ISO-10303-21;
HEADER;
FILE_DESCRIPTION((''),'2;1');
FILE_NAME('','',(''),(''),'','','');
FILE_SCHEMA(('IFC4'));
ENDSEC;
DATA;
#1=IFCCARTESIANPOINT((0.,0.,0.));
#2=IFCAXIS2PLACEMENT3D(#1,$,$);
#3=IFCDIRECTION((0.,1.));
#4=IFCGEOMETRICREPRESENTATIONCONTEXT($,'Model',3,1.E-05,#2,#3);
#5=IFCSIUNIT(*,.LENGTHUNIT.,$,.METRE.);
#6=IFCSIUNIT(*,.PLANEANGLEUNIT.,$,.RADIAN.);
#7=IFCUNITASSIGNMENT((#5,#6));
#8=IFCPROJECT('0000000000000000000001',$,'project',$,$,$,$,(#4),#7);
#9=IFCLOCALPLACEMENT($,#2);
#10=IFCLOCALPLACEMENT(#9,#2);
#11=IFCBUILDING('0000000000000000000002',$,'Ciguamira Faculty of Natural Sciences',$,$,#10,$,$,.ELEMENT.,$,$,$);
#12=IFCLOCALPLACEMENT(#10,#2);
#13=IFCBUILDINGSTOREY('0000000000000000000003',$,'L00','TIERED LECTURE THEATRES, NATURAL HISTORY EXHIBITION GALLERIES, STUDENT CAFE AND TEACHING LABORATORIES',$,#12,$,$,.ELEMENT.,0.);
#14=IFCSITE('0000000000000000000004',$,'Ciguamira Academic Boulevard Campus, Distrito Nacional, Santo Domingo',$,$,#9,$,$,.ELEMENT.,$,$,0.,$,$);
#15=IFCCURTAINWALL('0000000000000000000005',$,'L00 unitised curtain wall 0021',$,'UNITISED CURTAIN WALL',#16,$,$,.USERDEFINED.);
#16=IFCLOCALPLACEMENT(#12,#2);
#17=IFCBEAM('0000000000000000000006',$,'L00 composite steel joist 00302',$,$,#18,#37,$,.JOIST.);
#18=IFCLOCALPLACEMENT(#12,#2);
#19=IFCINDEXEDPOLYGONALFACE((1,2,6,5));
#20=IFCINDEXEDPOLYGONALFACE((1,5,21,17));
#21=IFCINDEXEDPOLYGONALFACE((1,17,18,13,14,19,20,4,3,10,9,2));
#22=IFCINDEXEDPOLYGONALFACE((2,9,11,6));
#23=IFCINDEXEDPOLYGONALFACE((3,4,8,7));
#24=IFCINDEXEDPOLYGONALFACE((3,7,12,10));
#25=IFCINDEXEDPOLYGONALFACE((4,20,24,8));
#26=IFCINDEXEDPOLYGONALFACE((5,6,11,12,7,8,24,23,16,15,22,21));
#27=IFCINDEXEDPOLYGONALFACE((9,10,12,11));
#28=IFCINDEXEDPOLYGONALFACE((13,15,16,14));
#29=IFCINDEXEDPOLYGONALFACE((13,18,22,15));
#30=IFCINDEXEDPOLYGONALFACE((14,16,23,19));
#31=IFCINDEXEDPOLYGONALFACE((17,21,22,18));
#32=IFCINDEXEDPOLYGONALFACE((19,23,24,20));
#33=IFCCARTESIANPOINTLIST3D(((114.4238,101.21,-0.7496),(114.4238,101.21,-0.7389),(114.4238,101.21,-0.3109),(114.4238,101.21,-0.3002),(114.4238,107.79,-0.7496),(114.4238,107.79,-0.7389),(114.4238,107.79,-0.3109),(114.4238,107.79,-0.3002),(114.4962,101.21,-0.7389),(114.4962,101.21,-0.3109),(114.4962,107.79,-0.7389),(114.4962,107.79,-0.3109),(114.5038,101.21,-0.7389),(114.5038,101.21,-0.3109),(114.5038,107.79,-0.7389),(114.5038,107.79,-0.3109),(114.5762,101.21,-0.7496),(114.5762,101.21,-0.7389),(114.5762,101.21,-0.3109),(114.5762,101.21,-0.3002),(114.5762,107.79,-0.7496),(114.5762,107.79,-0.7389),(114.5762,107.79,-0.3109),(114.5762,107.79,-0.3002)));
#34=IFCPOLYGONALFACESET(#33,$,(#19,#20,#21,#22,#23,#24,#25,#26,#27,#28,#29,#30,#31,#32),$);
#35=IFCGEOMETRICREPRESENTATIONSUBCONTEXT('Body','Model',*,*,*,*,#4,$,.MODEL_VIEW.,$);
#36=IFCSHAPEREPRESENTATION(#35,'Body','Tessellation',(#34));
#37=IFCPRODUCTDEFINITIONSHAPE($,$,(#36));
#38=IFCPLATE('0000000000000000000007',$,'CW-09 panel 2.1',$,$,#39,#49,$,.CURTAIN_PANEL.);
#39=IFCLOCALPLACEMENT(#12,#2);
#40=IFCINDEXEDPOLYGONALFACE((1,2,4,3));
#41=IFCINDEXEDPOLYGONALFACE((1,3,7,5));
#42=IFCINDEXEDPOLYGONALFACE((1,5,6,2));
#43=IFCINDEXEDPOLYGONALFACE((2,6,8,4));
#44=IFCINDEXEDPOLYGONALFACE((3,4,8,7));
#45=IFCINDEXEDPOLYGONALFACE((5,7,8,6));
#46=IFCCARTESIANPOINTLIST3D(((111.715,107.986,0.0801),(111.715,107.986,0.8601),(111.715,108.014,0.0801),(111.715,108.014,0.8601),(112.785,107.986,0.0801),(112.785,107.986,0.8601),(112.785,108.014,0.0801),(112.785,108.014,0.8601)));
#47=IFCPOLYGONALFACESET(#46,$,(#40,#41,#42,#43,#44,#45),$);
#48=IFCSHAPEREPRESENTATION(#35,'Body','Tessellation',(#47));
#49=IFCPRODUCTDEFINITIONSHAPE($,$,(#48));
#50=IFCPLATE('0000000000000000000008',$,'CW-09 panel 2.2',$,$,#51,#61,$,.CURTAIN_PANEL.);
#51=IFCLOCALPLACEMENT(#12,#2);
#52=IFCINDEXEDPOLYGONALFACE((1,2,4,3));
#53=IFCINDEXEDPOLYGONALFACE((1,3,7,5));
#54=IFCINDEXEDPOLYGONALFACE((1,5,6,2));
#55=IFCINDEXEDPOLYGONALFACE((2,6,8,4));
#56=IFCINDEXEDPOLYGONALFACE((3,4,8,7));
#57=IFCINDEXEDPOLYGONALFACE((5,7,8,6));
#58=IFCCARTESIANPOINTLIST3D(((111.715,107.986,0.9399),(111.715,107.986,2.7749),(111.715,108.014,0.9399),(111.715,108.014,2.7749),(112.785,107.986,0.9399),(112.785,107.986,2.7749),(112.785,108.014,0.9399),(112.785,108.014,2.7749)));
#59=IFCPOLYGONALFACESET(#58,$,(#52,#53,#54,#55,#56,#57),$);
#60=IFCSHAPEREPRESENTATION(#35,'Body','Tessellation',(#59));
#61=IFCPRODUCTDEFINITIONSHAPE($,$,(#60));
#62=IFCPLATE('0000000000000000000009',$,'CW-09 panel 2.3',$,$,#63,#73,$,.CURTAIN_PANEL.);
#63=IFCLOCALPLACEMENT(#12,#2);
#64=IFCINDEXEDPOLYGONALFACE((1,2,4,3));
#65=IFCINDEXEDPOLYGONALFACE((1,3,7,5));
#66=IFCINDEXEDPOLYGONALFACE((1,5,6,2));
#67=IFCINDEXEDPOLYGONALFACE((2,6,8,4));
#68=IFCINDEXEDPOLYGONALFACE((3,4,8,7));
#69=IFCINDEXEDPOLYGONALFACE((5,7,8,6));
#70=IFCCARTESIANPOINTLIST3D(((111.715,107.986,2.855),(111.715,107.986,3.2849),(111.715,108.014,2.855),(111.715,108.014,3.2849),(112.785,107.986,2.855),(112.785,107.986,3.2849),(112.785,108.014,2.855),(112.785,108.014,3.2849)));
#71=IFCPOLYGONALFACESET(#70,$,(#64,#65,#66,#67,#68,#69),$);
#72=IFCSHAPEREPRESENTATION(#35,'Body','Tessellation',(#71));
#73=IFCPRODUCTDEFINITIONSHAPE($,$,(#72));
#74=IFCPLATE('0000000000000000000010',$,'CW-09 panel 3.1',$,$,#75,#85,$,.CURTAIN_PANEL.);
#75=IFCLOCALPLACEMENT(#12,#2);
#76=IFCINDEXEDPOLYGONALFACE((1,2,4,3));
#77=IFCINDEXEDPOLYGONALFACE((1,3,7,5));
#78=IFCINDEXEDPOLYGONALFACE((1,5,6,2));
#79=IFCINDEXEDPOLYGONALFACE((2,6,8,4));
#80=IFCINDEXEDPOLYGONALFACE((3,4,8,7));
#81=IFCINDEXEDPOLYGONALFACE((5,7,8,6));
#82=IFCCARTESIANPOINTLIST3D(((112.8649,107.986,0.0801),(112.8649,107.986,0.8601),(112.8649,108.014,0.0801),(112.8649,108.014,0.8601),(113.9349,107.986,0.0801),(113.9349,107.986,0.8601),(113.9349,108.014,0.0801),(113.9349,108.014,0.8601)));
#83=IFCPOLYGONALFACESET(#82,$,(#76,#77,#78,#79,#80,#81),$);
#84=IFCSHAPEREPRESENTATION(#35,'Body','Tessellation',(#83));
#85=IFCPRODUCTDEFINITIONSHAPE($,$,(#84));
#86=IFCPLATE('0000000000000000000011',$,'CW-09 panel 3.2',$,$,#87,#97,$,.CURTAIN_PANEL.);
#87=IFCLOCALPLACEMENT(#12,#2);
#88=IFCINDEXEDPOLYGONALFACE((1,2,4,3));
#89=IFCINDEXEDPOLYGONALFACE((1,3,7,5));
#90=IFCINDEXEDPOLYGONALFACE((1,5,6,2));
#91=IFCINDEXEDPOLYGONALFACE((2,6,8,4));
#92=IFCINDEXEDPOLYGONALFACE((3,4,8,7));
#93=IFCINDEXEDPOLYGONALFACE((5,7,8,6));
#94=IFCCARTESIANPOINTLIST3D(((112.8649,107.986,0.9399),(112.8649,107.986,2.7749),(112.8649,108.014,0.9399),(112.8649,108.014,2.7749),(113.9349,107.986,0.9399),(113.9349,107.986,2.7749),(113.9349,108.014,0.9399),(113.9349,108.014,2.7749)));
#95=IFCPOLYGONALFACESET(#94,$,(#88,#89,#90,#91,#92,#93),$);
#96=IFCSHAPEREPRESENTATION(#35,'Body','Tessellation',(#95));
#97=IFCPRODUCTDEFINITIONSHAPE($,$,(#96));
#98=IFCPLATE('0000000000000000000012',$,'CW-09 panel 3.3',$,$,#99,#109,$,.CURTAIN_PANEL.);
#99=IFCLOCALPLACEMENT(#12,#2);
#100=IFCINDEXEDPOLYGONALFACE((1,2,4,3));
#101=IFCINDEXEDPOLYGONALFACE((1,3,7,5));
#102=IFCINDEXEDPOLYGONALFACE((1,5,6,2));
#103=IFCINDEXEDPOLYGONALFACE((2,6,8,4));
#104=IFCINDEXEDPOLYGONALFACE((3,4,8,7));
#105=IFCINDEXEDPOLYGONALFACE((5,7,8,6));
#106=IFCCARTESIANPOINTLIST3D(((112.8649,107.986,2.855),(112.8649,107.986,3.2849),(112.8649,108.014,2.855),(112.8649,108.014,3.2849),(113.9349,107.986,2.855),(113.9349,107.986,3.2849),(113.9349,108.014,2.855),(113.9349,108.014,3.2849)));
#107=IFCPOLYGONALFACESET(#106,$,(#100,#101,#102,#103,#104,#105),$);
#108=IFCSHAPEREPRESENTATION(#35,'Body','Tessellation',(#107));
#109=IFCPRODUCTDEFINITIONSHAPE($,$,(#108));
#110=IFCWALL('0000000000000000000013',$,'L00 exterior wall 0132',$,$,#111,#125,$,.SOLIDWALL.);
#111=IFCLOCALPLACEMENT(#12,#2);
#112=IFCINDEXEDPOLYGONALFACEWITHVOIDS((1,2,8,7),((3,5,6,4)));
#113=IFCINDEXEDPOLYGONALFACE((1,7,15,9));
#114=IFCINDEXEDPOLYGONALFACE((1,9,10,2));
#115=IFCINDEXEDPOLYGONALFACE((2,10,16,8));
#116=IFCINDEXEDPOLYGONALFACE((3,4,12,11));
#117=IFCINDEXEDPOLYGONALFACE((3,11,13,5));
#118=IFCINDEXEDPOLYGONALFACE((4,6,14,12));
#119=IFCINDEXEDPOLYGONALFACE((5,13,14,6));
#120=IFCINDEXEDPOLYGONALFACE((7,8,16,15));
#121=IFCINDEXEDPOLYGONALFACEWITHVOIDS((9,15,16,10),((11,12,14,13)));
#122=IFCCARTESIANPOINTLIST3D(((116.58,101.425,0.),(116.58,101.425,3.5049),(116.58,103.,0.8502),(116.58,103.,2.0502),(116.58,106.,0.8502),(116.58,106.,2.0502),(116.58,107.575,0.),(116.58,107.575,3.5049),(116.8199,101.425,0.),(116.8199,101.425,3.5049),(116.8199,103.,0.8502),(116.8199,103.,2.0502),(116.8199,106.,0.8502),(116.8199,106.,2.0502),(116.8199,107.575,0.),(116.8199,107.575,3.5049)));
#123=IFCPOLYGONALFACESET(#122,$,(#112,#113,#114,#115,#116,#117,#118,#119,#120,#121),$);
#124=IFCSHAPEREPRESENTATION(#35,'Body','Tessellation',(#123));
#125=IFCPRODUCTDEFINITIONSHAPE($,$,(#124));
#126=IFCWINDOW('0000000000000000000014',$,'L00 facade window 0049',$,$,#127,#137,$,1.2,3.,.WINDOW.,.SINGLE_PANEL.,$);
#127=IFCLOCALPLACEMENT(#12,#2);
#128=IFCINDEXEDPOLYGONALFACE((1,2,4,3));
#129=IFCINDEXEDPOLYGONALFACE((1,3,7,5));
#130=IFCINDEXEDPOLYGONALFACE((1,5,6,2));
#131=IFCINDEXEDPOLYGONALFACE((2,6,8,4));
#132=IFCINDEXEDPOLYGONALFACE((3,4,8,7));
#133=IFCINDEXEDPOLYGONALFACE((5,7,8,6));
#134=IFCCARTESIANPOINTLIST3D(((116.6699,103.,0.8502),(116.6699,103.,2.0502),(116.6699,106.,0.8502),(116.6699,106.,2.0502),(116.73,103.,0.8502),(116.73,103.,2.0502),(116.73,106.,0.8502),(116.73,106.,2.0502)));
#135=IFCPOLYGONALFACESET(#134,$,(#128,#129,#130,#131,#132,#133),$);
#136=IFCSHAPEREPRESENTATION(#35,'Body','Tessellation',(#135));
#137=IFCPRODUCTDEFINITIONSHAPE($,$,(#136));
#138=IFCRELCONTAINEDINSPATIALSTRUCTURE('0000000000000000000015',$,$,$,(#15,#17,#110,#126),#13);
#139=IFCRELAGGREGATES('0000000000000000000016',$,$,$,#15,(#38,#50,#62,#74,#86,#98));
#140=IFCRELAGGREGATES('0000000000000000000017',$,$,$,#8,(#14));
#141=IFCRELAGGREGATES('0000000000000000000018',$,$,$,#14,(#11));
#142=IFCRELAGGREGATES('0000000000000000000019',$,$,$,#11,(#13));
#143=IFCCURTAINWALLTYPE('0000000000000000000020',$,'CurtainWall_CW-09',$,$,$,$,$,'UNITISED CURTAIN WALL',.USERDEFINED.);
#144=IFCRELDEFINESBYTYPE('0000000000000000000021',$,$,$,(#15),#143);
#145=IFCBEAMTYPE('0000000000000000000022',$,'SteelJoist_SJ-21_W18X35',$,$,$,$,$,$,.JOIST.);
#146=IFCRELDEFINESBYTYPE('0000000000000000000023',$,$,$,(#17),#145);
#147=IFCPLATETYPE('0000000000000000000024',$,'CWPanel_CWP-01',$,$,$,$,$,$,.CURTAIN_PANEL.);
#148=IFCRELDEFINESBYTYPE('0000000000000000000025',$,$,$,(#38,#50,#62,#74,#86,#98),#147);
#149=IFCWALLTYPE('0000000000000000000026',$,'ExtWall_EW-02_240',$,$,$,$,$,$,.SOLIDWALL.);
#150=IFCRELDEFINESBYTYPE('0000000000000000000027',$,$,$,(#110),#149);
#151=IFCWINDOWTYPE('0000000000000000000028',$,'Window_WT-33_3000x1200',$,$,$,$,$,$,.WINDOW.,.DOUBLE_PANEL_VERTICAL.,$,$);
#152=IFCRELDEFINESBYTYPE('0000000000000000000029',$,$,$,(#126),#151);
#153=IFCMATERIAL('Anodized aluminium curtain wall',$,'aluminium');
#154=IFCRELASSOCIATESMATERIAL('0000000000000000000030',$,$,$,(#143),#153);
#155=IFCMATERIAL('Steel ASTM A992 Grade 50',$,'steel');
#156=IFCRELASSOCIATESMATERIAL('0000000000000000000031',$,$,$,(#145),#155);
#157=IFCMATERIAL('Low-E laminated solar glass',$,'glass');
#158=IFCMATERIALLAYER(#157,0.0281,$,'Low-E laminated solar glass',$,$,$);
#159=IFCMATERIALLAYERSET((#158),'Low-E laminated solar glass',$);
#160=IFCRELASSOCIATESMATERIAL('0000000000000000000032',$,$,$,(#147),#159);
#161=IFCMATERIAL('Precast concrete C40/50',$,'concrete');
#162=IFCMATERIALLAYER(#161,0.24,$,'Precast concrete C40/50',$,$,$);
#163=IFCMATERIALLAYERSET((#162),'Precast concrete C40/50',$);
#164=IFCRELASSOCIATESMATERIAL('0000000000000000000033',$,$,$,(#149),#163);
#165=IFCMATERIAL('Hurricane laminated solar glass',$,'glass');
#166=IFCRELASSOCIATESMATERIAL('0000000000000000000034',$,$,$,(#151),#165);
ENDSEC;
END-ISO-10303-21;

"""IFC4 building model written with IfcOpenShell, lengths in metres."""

from ifc_helpers import new_model, si_unit, direction, frame, frame_2d, origin, origin_2d, place, context, subcontext, project, spatial, rectangle, i_section, extrude, material, layer, layer_set, material_profile, profile_set, type_object, element, fill, aggregate, save


model = new_model("IFC4")

# Units and contexts
model_context = context("Model", 3, precision=1e-05, world=origin(), true_north=direction((0.0, 1.0)))
body_context = subcontext(model_context, "Body", "Model", "MODEL_VIEW")
ifc_project = project(units=[si_unit("LENGTHUNIT", "METRE"), si_unit("PLANEANGLEUNIT", "RADIAN")], contexts=[model_context])

# Site, building, storey
site_placement = place(None, origin())
site = spatial("IfcSite", under=ifc_project, at=site_placement, Name="Ciguamira Academic Boulevard Campus, Distrito Nacional, Santo Domingo", CompositionType="ELEMENT", RefElevation=0.0)
building_placement = place(site_placement, origin())
building = spatial("IfcBuilding", under=site, at=building_placement, Name="Ciguamira Faculty of Natural Sciences", CompositionType="ELEMENT")
storey_placement = place(building_placement, origin())
storey = spatial("IfcBuildingStorey", under=building, at=storey_placement, Name="L00", Description="TIERED LECTURE THEATRES, NATURAL HISTORY EXHIBITION GALLERIES, STUDENT CAFE AND TEACHING LABORATORIES", CompositionType="ELEMENT", Elevation=0.0)

# Curtain wall
ifc_material_1 = material(Name="Anodized aluminium curtain wall", Category="aluminium")
curtain_wall_type = type_object("IfcCurtainWallType", Name="CurtainWall_CW-09", ElementType="UNITISED CURTAIN WALL", PredefinedType="USERDEFINED", material=ifc_material_1)
curtain_wall_placement = place(storey_placement, origin())
curtain_wall = element("IfcCurtainWall", 1, at=curtain_wall_placement, inside=storey, type_object=curtain_wall_type, Name="L00 unitised curtain wall 0021", ObjectType="UNITISED CURTAIN WALL", PredefinedType="USERDEFINED")

# Beam
ifc_material_2 = material(Name="Precast concrete C40/50", Category="concrete")
ifc_material_3 = material(Name="Steel ASTM A992 Grade 50", Category="steel")
ifc_material_profile_1 = material_profile(ifc_material_3, i_section(OverallWidth=0.1523, OverallDepth=0.4495, WebThickness=0.0076, FlangeThickness=0.0107, at=origin_2d()), Name="W18X35")
ifc_profile_set_1 = profile_set([ifc_material_profile_1], Name="Steel ASTM A992 Grade 50")
beam_type_1 = type_object("IfcBeamType", Name="SteelJoist_SJ-21_W18X35", PredefinedType="JOIST", material=ifc_profile_set_1)
beam_1_placement = place(storey_placement, frame((114.5, 101.21, -0.5249), z_axis=(0.0, 1.0, 0.0), x_axis=(-1.0, 0.0, 0.0)))
element("IfcBeam", 2, at=beam_1_placement, inside=storey, type_object=beam_type_1, Name="L00 composite steel joist 00302", PredefinedType="JOIST", context=body_context, shape_type="SweptSolid", body=[
    extrude(i_section(OverallWidth=0.1523, OverallDepth=0.4495, WebThickness=0.0076, FlangeThickness=0.0107, at=origin_2d()), origin(), (0.0, 0.0, 1.0), 6.5801),
])

# Plates
ifc_material_4 = material(Name="Low-E laminated solar glass", Category="glass")
ifc_layer_1 = layer(ifc_material_4, 0.0281, Name="Low-E laminated solar glass")
ifc_layer_set_1 = layer_set([ifc_layer_1], Name="Low-E laminated solar glass")
plate_type = type_object("IfcPlateType", Name="CWPanel_CWP-01", PredefinedType="CURTAIN_PANEL", material=ifc_layer_set_1)
plate_1_placement = place(storey_placement, frame((112.25, 108.0, 0.0801), z_axis=(0.0, 0.0, 1.0), x_axis=(1.0, 0.0, 0.0)))
plate_1 = element("IfcPlate", 3, at=plate_1_placement, type_object=plate_type, Name="CW-09 panel 2.1", PredefinedType="CURTAIN_PANEL", context=body_context, shape_type="SweptSolid", body=[
    extrude(rectangle(XDim=1.0701, YDim=0.0281, at=origin_2d()), origin(), (0.0, 0.0, 1.0), 0.78),
])
plate_2_placement = place(storey_placement, frame((112.25, 108.0, 0.9399), z_axis=(0.0, 0.0, 1.0), x_axis=(1.0, 0.0, 0.0)))
plate_2 = element("IfcPlate", 4, at=plate_2_placement, type_object=plate_type, Name="CW-09 panel 2.2", PredefinedType="CURTAIN_PANEL", context=body_context, shape_type="SweptSolid", body=[
    extrude(rectangle(XDim=1.0701, YDim=0.0281, at=origin_2d()), origin(), (0.0, 0.0, 1.0), 1.835),
])
plate_3_placement = place(storey_placement, frame((112.25, 108.0, 2.855), z_axis=(0.0, 0.0, 1.0), x_axis=(1.0, 0.0, 0.0)))
plate_3 = element("IfcPlate", 5, at=plate_3_placement, type_object=plate_type, Name="CW-09 panel 2.3", PredefinedType="CURTAIN_PANEL", context=body_context, shape_type="SweptSolid", body=[
    extrude(rectangle(XDim=1.0701, YDim=0.0281, at=origin_2d()), origin(), (0.0, 0.0, 1.0), 0.4299),
])
plate_4_placement = place(storey_placement, frame((113.3999, 108.0, 0.0801), z_axis=(0.0, 0.0, 1.0), x_axis=(1.0, 0.0, 0.0)))
plate_4 = element("IfcPlate", 6, at=plate_4_placement, type_object=plate_type, Name="CW-09 panel 3.1", PredefinedType="CURTAIN_PANEL", context=body_context, shape_type="SweptSolid", body=[
    extrude(rectangle(XDim=1.0701, YDim=0.0281, at=origin_2d()), origin(), (0.0, 0.0, 1.0), 0.78),
])
plate_5_placement = place(storey_placement, frame((113.3999, 108.0, 0.9399), z_axis=(0.0, 0.0, 1.0), x_axis=(1.0, 0.0, 0.0)))
plate_5 = element("IfcPlate", 7, at=plate_5_placement, type_object=plate_type, Name="CW-09 panel 3.2", PredefinedType="CURTAIN_PANEL", context=body_context, shape_type="SweptSolid", body=[
    extrude(rectangle(XDim=1.0701, YDim=0.0281, at=origin_2d()), origin(), (0.0, 0.0, 1.0), 1.835),
])
plate_6_placement = place(storey_placement, frame((113.3999, 108.0, 2.855), z_axis=(0.0, 0.0, 1.0), x_axis=(1.0, 0.0, 0.0)))
plate_6 = element("IfcPlate", 8, at=plate_6_placement, type_object=plate_type, Name="CW-09 panel 3.3", PredefinedType="CURTAIN_PANEL", context=body_context, shape_type="SweptSolid", body=[
    extrude(rectangle(XDim=1.0701, YDim=0.0281, at=origin_2d()), origin(), (0.0, 0.0, 1.0), 0.4299),
])
aggregate(curtain_wall, [plate_1, plate_2, plate_3, plate_4, plate_5, plate_6])

# Wall, opening, window
ifc_layer_2 = layer(ifc_material_2, 0.24, Name="Precast concrete C40/50")
ifc_layer_set_2 = layer_set([ifc_layer_2], Name="Precast concrete C40/50")
wall_type = type_object("IfcWallType", Name="ExtWall_EW-02_240", PredefinedType="SOLIDWALL", material=ifc_layer_set_2)
wall_placement = place(storey_placement, frame((116.7, 101.425, 0.0), z_axis=(0.0, 0.0, 1.0), x_axis=(0.0, 1.0, 0.0)))
wall = element("IfcWall", 9, at=wall_placement, inside=storey, type_object=wall_type, Name="L00 exterior wall 0132", PredefinedType="SOLIDWALL", context=body_context, shape_type="SweptSolid", body=[
    extrude(rectangle(XDim=6.1499, YDim=0.24, at=frame_2d((3.075, 0.0))), origin(), (0.0, 0.0, 1.0), 3.5049),
])
opening_placement = place(wall_placement, frame((1.575, 0.0, 0.8501)))
opening = element("IfcOpeningElement", 10, at=opening_placement, cuts=wall, PredefinedType="OPENING", context=body_context, shape_type="SweptSolid", body=[
    extrude(rectangle(XDim=3.0, YDim=1.2, at=frame_2d((1.5, 0.6001))), frame((0.0, 0.1299, 0.0), z_axis=(0.0, -1.0, 0.0), x_axis=(1.0, 0.0, 0.0)), (0.0, 0.0, 1.0), 0.26),
])
ifc_material_5 = material(Name="Hurricane laminated solar glass", Category="glass")
window_type = type_object("IfcWindowType", Name="Window_WT-33_3000x1200", PartitioningType="DOUBLE_PANEL_VERTICAL", PredefinedType="WINDOW", material=ifc_material_5)
window_placement = place(opening_placement, origin())
window = element("IfcWindow", 11, at=window_placement, inside=storey, type_object=window_type, Name="L00 facade window 0049", OverallHeight=1.2, OverallWidth=3.0, PartitioningType="SINGLE_PANEL", PredefinedType="WINDOW", context=body_context, shape_type="SweptSolid", body=[
    extrude(rectangle(XDim=3.0, YDim=1.2, at=frame_2d((1.5, 0.6001))), frame((0.0, 0.03, 0.0), z_axis=(0.0, -1.0, 0.0), x_axis=(1.0, 0.0, 0.0)), (0.0, 0.0, 1.0), 0.0601),
])
fill(opening, window)

save(model, "model.ifc")
